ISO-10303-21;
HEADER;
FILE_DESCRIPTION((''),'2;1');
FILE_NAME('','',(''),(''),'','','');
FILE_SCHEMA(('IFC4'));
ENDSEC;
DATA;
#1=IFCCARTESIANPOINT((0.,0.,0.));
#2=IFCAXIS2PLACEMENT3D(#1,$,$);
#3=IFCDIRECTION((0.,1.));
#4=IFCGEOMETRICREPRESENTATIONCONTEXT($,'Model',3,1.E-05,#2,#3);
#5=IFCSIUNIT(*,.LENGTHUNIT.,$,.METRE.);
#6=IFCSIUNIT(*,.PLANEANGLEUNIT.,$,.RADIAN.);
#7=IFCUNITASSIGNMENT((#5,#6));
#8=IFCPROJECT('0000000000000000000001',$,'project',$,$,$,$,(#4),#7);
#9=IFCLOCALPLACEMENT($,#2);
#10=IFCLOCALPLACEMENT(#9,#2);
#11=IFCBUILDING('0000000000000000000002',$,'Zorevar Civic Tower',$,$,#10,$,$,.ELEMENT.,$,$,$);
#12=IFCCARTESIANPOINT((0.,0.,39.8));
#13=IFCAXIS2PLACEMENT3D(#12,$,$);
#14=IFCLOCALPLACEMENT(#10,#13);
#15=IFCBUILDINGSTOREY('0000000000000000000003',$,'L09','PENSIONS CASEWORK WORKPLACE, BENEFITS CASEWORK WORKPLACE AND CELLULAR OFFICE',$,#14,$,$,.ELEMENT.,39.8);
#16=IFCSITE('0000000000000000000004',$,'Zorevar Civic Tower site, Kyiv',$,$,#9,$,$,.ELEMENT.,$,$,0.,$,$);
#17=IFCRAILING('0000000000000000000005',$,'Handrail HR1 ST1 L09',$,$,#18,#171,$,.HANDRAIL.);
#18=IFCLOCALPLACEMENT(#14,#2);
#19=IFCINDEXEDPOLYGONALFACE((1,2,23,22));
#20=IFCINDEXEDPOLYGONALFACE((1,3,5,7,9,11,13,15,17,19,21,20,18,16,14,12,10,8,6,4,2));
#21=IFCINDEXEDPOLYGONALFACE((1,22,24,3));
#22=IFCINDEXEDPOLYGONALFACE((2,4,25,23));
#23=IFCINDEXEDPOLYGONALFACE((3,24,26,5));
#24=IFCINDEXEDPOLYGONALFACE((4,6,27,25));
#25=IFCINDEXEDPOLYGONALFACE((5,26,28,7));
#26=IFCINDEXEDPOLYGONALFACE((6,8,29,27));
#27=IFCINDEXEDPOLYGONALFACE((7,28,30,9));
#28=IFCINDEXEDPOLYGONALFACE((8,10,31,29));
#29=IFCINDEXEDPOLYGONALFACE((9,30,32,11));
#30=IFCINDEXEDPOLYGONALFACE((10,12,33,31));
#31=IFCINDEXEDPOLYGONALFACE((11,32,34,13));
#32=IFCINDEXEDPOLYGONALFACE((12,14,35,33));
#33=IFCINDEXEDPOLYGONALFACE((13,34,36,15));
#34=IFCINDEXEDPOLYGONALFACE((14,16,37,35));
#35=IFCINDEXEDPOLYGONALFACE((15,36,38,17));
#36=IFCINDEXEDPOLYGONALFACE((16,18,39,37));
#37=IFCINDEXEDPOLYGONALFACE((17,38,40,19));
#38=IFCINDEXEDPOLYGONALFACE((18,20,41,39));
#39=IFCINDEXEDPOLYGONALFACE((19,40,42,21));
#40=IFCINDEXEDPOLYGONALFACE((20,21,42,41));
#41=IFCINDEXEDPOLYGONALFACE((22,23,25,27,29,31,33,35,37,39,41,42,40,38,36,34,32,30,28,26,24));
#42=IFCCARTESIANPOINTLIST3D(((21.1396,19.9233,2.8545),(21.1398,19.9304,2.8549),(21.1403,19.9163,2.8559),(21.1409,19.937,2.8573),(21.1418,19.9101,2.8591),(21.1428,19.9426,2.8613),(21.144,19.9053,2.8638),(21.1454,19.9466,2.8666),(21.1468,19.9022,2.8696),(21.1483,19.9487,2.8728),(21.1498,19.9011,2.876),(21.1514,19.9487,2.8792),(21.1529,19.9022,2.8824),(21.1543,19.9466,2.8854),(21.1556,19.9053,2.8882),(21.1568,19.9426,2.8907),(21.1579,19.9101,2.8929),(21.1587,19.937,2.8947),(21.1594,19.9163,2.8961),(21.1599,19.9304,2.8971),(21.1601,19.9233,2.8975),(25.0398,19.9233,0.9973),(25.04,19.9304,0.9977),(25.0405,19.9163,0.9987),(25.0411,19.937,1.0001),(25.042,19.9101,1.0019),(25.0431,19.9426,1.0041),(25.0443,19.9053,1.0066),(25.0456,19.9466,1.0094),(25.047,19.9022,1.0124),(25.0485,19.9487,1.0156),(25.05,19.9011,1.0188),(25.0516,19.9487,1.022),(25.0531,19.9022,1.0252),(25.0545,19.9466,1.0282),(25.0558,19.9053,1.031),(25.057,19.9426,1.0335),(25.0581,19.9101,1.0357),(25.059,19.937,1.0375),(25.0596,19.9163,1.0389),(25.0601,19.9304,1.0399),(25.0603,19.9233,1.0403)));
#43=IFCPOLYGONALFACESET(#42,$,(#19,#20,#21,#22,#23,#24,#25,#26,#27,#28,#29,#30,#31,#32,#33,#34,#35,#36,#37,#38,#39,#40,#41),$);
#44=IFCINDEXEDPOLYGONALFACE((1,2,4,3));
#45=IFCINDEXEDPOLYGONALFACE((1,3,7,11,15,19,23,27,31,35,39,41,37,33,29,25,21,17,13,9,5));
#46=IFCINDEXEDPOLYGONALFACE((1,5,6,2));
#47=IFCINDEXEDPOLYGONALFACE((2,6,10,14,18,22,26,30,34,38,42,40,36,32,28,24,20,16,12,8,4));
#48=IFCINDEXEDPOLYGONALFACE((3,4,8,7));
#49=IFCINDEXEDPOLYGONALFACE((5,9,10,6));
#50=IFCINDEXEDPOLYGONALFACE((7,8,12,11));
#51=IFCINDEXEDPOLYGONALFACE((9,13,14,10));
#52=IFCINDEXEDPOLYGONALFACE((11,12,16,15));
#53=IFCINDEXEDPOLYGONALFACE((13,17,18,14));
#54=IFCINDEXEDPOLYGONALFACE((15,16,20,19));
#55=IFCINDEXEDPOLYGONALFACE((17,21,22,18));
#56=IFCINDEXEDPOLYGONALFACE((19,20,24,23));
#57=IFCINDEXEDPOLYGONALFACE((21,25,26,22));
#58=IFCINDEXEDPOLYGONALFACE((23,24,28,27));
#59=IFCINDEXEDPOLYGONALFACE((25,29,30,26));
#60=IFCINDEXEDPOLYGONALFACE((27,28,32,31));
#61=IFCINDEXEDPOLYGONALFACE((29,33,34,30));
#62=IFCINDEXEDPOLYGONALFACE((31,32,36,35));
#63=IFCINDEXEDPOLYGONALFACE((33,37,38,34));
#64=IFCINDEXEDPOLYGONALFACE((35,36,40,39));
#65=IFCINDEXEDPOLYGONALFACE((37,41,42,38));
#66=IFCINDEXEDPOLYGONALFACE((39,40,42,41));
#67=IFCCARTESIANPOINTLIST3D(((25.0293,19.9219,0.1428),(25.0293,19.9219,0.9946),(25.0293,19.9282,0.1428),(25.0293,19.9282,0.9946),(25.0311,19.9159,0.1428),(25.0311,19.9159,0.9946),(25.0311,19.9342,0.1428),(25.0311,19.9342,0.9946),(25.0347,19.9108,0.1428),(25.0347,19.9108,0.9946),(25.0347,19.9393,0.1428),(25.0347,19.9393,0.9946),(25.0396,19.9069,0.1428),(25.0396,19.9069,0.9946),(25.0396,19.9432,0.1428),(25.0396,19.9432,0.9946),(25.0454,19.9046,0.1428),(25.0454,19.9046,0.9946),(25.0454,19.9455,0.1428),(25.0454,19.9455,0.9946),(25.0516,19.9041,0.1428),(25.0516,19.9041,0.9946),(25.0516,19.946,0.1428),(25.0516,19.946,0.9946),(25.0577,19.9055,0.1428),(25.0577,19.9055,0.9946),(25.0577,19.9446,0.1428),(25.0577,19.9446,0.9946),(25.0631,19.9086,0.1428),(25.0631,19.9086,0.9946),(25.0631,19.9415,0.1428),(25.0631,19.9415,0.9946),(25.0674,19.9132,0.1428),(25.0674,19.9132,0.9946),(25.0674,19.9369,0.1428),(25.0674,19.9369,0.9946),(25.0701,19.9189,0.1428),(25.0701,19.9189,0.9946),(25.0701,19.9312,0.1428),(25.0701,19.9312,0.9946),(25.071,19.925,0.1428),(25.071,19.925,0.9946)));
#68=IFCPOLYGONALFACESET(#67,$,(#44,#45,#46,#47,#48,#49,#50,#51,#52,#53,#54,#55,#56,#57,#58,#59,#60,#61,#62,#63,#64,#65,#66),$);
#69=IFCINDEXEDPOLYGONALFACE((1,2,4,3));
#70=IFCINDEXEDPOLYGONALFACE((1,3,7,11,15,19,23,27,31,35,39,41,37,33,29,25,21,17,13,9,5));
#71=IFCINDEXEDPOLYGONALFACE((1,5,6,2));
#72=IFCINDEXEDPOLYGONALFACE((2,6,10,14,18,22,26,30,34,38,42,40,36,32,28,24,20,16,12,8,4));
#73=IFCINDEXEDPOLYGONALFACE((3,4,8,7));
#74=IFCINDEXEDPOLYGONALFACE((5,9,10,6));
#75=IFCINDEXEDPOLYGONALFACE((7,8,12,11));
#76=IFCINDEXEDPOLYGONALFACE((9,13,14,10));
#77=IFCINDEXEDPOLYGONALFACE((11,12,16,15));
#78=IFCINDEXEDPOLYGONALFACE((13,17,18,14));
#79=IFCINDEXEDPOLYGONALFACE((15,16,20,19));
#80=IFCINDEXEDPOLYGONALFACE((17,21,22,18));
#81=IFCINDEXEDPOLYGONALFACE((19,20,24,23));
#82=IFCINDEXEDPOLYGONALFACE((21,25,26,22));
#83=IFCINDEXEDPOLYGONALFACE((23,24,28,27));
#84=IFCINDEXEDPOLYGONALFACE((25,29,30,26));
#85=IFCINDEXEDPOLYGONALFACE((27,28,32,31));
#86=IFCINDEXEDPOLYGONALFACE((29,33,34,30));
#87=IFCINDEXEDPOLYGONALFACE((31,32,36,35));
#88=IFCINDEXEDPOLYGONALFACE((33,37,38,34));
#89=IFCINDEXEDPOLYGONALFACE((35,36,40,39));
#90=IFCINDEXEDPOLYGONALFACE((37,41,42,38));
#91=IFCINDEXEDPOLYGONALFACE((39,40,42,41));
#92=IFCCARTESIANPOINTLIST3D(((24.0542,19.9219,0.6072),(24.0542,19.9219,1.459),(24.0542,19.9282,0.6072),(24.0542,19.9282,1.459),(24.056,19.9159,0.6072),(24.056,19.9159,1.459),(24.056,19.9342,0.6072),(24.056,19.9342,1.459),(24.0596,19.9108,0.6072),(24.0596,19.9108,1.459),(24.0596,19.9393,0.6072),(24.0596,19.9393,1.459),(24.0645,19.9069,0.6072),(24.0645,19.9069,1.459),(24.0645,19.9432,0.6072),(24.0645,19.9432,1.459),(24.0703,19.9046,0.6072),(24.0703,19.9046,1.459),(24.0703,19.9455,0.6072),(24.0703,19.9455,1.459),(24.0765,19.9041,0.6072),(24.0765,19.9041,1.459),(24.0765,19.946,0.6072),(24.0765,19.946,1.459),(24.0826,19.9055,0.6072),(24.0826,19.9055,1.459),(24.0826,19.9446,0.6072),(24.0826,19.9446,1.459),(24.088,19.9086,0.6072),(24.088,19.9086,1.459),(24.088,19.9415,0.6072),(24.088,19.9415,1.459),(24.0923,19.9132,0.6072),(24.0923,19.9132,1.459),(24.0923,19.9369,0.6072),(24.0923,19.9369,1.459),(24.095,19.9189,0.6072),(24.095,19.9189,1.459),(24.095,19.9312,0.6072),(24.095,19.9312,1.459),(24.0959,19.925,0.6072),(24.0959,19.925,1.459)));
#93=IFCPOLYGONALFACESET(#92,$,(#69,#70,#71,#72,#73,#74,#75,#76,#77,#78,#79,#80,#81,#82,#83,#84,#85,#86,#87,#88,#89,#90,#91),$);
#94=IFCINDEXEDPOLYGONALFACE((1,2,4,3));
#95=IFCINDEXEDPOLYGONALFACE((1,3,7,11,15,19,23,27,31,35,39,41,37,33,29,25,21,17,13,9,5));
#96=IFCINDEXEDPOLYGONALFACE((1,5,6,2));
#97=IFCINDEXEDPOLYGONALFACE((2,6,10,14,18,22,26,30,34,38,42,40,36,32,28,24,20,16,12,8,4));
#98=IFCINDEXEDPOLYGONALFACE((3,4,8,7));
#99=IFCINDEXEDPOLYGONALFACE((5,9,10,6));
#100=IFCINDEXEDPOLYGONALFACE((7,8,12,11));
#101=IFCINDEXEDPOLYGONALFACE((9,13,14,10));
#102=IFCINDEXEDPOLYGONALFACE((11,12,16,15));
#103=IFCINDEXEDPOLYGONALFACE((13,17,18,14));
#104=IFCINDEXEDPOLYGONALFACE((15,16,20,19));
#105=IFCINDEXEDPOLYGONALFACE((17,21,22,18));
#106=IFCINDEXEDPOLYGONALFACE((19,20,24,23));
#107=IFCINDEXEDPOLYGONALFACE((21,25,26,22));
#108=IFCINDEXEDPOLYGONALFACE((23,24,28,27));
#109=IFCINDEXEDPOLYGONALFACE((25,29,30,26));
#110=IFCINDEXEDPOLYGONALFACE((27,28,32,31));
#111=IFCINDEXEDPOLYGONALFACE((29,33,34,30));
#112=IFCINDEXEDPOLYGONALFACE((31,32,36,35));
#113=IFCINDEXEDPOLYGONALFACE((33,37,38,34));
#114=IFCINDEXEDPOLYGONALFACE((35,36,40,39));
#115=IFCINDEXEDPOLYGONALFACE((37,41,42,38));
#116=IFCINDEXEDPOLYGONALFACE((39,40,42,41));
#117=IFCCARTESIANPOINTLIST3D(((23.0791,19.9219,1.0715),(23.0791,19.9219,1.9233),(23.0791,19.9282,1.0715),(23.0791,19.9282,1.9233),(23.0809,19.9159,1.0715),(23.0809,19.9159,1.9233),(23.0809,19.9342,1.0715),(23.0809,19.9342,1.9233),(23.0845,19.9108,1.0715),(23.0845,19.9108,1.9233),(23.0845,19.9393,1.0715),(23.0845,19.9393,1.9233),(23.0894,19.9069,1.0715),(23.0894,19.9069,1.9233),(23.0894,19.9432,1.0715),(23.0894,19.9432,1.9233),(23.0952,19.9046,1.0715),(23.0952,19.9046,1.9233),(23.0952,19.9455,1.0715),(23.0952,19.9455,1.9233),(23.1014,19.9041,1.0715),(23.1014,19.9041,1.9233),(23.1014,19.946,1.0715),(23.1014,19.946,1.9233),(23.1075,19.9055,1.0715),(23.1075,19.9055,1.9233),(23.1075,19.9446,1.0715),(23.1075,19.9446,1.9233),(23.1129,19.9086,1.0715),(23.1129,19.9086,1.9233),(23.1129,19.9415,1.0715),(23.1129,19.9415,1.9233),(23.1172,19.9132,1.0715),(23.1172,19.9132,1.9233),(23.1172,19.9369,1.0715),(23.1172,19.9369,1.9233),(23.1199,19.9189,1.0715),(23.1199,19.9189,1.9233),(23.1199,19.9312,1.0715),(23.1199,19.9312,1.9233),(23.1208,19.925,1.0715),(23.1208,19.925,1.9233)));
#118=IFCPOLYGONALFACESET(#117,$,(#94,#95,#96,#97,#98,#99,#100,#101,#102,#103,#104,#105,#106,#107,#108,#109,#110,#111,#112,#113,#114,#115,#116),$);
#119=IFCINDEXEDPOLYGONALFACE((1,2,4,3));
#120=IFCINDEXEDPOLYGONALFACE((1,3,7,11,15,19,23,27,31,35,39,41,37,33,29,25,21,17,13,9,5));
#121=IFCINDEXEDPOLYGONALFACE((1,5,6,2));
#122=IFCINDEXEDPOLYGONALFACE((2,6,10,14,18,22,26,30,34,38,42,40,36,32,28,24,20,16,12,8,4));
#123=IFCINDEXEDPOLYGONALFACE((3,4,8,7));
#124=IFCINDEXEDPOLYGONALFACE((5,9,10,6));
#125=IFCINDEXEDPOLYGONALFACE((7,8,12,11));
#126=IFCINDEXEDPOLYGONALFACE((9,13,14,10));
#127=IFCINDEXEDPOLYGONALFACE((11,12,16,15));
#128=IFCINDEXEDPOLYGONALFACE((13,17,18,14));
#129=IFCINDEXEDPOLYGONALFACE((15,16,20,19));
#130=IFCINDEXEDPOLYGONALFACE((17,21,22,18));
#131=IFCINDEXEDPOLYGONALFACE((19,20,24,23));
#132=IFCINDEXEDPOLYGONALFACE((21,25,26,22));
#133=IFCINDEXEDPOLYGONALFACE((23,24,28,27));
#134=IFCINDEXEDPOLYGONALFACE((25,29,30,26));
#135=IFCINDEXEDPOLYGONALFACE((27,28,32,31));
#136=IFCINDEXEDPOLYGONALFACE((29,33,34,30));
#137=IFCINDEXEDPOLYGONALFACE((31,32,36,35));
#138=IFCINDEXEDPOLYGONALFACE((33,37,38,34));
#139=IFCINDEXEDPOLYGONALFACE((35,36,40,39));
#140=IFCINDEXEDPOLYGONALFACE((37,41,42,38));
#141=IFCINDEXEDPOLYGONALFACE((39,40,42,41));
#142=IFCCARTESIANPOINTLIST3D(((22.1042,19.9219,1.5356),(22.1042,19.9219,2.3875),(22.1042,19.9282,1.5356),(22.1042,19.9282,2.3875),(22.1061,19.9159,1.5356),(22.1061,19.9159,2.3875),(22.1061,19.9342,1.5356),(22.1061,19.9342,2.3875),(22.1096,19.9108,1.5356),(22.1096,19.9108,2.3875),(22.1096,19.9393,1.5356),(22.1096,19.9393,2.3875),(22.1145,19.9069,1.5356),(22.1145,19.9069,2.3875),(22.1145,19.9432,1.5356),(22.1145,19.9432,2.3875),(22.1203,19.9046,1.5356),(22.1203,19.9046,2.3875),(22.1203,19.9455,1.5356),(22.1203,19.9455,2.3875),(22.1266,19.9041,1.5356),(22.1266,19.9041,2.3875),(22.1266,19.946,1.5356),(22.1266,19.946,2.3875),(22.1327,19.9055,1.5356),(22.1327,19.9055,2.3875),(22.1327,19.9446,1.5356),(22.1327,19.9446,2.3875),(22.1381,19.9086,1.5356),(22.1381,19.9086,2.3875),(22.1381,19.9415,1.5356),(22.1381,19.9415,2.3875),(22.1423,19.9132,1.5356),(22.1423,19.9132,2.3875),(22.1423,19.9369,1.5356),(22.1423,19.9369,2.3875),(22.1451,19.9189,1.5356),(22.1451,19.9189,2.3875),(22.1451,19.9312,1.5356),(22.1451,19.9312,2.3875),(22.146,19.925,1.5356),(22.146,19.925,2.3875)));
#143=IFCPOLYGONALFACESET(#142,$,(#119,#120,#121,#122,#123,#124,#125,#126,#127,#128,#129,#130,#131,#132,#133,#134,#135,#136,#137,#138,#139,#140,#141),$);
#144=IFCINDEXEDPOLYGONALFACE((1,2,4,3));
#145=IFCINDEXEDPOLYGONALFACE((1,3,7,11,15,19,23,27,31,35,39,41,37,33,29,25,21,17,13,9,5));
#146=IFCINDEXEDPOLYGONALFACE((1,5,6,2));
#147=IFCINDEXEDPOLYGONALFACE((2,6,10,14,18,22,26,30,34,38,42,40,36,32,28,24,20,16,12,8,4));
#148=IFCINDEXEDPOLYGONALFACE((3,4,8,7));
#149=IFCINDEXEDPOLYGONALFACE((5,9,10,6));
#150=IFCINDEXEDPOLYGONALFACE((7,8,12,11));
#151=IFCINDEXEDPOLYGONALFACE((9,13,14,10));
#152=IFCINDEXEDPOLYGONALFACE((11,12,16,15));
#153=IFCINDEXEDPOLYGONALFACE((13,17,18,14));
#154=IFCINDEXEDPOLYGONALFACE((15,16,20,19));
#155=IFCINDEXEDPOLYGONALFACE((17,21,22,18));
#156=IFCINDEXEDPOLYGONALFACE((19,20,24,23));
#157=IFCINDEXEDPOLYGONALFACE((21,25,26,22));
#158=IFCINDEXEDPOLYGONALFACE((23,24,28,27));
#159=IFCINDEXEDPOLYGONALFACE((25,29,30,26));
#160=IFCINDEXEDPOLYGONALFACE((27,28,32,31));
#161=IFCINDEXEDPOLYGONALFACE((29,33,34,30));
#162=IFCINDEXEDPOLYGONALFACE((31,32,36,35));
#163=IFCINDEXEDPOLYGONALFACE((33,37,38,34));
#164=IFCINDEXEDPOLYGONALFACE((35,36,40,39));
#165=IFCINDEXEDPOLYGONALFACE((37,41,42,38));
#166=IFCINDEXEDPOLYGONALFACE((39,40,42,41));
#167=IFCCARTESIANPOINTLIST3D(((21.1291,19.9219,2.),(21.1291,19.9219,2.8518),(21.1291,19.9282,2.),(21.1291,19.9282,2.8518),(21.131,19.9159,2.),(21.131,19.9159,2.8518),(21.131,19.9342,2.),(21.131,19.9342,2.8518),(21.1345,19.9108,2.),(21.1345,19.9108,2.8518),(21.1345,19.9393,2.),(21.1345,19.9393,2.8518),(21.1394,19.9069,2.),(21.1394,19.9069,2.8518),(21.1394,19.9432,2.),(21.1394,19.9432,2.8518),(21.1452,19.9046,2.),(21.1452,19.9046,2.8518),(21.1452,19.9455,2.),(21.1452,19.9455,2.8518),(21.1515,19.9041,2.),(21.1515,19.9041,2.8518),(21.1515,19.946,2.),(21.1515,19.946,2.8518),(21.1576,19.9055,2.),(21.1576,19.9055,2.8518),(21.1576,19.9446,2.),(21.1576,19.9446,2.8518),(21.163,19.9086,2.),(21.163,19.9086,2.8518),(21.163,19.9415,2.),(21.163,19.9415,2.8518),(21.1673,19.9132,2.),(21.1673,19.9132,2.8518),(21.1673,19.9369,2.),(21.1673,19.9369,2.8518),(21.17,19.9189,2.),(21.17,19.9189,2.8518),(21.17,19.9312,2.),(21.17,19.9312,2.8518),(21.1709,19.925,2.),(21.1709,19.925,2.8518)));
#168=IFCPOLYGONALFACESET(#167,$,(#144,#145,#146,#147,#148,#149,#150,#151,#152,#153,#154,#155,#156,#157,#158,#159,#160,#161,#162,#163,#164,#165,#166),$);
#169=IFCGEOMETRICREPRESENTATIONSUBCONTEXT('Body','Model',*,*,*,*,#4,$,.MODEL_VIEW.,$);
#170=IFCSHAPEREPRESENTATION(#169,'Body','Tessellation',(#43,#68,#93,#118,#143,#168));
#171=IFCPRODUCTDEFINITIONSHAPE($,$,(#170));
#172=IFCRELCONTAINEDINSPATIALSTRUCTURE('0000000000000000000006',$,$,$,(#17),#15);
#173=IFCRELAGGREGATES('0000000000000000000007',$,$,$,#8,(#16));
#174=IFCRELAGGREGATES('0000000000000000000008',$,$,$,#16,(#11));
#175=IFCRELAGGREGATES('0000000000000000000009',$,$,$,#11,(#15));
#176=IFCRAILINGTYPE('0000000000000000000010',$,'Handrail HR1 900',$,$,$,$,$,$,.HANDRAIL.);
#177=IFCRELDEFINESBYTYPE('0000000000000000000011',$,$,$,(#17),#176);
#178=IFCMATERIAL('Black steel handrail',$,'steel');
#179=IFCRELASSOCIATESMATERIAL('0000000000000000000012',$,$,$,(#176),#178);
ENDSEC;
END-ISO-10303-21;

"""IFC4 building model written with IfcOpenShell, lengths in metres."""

from ifc_helpers import new_model, si_unit, direction, frame, origin, origin_2d, place, context, subcontext, project, spatial, circle, extrude, material, type_object, element, save


model = new_model("IFC4")

# Units and contexts
model_context = context("Model", 3, precision=1e-05, world=origin(), true_north=direction((0.0, 1.0)))
body_context = subcontext(model_context, "Body", "Model", "MODEL_VIEW")
ifc_project = project(units=[si_unit("LENGTHUNIT", "METRE"), si_unit("PLANEANGLEUNIT", "RADIAN")], contexts=[model_context])

# Site, building, storey
site_placement = place(None, origin())
site = spatial("IfcSite", under=ifc_project, at=site_placement, Name="Zorevar Civic Tower site, Kyiv", CompositionType="ELEMENT", RefElevation=0.0)
building_placement = place(site_placement, origin())
building = spatial("IfcBuilding", under=site, at=building_placement, Name="Zorevar Civic Tower", CompositionType="ELEMENT")
storey_placement = place(building_placement, frame((0.0, 0.0, 39.8)))
storey = spatial("IfcBuildingStorey", under=building, at=storey_placement, Name="L09", Description="PENSIONS CASEWORK WORKPLACE, BENEFITS CASEWORK WORKPLACE AND CELLULAR OFFICE", CompositionType="ELEMENT", Elevation=39.8)

# Railing
ifc_material_1 = material(Name="Black steel handrail", Category="steel")
railing_type = type_object("IfcRailingType", Name="Handrail HR1 900", PredefinedType="HANDRAIL", material=ifc_material_1)
railing_1_placement = place(storey_placement, frame((25.05, 19.925, 0.1428)))
element("IfcRailing", 1, at=railing_1_placement, inside=storey, type_object=railing_type, Name="Handrail HR1 ST1 L09", PredefinedType="HANDRAIL", context=body_context, shape_type="SweptSolid", body=[
    extrude(circle(Radius=0.0239, at=origin_2d()), frame((0.0, 0.0, 0.876), z_axis=(-0.902864, 0.0, 0.429927), x_axis=(0.0, -1.0, 0.0)), (0.0, 0.0, 1.0), 4.3198),
    extrude(circle(Radius=0.021, at=origin_2d()), origin(), (0.0, 0.0, 1.0), 0.8518),
    extrude(circle(Radius=0.021, at=origin_2d()), frame((-0.9751, 0.0, 0.4644)), (0.0, 0.0, 1.0), 0.8518),
    extrude(circle(Radius=0.021, at=origin_2d()), frame((-1.9502, 0.0, 0.9287)), (0.0, 0.0, 1.0), 0.8518),
    extrude(circle(Radius=0.021, at=origin_2d()), frame((-2.925, 0.0, 1.3928)), (0.0, 0.0, 1.0), 0.8518),
    extrude(circle(Radius=0.021, at=origin_2d()), frame((-3.9001, 0.0, 1.8572)), (0.0, 0.0, 1.0), 0.8518),
])

save(model, "model.ifc")
